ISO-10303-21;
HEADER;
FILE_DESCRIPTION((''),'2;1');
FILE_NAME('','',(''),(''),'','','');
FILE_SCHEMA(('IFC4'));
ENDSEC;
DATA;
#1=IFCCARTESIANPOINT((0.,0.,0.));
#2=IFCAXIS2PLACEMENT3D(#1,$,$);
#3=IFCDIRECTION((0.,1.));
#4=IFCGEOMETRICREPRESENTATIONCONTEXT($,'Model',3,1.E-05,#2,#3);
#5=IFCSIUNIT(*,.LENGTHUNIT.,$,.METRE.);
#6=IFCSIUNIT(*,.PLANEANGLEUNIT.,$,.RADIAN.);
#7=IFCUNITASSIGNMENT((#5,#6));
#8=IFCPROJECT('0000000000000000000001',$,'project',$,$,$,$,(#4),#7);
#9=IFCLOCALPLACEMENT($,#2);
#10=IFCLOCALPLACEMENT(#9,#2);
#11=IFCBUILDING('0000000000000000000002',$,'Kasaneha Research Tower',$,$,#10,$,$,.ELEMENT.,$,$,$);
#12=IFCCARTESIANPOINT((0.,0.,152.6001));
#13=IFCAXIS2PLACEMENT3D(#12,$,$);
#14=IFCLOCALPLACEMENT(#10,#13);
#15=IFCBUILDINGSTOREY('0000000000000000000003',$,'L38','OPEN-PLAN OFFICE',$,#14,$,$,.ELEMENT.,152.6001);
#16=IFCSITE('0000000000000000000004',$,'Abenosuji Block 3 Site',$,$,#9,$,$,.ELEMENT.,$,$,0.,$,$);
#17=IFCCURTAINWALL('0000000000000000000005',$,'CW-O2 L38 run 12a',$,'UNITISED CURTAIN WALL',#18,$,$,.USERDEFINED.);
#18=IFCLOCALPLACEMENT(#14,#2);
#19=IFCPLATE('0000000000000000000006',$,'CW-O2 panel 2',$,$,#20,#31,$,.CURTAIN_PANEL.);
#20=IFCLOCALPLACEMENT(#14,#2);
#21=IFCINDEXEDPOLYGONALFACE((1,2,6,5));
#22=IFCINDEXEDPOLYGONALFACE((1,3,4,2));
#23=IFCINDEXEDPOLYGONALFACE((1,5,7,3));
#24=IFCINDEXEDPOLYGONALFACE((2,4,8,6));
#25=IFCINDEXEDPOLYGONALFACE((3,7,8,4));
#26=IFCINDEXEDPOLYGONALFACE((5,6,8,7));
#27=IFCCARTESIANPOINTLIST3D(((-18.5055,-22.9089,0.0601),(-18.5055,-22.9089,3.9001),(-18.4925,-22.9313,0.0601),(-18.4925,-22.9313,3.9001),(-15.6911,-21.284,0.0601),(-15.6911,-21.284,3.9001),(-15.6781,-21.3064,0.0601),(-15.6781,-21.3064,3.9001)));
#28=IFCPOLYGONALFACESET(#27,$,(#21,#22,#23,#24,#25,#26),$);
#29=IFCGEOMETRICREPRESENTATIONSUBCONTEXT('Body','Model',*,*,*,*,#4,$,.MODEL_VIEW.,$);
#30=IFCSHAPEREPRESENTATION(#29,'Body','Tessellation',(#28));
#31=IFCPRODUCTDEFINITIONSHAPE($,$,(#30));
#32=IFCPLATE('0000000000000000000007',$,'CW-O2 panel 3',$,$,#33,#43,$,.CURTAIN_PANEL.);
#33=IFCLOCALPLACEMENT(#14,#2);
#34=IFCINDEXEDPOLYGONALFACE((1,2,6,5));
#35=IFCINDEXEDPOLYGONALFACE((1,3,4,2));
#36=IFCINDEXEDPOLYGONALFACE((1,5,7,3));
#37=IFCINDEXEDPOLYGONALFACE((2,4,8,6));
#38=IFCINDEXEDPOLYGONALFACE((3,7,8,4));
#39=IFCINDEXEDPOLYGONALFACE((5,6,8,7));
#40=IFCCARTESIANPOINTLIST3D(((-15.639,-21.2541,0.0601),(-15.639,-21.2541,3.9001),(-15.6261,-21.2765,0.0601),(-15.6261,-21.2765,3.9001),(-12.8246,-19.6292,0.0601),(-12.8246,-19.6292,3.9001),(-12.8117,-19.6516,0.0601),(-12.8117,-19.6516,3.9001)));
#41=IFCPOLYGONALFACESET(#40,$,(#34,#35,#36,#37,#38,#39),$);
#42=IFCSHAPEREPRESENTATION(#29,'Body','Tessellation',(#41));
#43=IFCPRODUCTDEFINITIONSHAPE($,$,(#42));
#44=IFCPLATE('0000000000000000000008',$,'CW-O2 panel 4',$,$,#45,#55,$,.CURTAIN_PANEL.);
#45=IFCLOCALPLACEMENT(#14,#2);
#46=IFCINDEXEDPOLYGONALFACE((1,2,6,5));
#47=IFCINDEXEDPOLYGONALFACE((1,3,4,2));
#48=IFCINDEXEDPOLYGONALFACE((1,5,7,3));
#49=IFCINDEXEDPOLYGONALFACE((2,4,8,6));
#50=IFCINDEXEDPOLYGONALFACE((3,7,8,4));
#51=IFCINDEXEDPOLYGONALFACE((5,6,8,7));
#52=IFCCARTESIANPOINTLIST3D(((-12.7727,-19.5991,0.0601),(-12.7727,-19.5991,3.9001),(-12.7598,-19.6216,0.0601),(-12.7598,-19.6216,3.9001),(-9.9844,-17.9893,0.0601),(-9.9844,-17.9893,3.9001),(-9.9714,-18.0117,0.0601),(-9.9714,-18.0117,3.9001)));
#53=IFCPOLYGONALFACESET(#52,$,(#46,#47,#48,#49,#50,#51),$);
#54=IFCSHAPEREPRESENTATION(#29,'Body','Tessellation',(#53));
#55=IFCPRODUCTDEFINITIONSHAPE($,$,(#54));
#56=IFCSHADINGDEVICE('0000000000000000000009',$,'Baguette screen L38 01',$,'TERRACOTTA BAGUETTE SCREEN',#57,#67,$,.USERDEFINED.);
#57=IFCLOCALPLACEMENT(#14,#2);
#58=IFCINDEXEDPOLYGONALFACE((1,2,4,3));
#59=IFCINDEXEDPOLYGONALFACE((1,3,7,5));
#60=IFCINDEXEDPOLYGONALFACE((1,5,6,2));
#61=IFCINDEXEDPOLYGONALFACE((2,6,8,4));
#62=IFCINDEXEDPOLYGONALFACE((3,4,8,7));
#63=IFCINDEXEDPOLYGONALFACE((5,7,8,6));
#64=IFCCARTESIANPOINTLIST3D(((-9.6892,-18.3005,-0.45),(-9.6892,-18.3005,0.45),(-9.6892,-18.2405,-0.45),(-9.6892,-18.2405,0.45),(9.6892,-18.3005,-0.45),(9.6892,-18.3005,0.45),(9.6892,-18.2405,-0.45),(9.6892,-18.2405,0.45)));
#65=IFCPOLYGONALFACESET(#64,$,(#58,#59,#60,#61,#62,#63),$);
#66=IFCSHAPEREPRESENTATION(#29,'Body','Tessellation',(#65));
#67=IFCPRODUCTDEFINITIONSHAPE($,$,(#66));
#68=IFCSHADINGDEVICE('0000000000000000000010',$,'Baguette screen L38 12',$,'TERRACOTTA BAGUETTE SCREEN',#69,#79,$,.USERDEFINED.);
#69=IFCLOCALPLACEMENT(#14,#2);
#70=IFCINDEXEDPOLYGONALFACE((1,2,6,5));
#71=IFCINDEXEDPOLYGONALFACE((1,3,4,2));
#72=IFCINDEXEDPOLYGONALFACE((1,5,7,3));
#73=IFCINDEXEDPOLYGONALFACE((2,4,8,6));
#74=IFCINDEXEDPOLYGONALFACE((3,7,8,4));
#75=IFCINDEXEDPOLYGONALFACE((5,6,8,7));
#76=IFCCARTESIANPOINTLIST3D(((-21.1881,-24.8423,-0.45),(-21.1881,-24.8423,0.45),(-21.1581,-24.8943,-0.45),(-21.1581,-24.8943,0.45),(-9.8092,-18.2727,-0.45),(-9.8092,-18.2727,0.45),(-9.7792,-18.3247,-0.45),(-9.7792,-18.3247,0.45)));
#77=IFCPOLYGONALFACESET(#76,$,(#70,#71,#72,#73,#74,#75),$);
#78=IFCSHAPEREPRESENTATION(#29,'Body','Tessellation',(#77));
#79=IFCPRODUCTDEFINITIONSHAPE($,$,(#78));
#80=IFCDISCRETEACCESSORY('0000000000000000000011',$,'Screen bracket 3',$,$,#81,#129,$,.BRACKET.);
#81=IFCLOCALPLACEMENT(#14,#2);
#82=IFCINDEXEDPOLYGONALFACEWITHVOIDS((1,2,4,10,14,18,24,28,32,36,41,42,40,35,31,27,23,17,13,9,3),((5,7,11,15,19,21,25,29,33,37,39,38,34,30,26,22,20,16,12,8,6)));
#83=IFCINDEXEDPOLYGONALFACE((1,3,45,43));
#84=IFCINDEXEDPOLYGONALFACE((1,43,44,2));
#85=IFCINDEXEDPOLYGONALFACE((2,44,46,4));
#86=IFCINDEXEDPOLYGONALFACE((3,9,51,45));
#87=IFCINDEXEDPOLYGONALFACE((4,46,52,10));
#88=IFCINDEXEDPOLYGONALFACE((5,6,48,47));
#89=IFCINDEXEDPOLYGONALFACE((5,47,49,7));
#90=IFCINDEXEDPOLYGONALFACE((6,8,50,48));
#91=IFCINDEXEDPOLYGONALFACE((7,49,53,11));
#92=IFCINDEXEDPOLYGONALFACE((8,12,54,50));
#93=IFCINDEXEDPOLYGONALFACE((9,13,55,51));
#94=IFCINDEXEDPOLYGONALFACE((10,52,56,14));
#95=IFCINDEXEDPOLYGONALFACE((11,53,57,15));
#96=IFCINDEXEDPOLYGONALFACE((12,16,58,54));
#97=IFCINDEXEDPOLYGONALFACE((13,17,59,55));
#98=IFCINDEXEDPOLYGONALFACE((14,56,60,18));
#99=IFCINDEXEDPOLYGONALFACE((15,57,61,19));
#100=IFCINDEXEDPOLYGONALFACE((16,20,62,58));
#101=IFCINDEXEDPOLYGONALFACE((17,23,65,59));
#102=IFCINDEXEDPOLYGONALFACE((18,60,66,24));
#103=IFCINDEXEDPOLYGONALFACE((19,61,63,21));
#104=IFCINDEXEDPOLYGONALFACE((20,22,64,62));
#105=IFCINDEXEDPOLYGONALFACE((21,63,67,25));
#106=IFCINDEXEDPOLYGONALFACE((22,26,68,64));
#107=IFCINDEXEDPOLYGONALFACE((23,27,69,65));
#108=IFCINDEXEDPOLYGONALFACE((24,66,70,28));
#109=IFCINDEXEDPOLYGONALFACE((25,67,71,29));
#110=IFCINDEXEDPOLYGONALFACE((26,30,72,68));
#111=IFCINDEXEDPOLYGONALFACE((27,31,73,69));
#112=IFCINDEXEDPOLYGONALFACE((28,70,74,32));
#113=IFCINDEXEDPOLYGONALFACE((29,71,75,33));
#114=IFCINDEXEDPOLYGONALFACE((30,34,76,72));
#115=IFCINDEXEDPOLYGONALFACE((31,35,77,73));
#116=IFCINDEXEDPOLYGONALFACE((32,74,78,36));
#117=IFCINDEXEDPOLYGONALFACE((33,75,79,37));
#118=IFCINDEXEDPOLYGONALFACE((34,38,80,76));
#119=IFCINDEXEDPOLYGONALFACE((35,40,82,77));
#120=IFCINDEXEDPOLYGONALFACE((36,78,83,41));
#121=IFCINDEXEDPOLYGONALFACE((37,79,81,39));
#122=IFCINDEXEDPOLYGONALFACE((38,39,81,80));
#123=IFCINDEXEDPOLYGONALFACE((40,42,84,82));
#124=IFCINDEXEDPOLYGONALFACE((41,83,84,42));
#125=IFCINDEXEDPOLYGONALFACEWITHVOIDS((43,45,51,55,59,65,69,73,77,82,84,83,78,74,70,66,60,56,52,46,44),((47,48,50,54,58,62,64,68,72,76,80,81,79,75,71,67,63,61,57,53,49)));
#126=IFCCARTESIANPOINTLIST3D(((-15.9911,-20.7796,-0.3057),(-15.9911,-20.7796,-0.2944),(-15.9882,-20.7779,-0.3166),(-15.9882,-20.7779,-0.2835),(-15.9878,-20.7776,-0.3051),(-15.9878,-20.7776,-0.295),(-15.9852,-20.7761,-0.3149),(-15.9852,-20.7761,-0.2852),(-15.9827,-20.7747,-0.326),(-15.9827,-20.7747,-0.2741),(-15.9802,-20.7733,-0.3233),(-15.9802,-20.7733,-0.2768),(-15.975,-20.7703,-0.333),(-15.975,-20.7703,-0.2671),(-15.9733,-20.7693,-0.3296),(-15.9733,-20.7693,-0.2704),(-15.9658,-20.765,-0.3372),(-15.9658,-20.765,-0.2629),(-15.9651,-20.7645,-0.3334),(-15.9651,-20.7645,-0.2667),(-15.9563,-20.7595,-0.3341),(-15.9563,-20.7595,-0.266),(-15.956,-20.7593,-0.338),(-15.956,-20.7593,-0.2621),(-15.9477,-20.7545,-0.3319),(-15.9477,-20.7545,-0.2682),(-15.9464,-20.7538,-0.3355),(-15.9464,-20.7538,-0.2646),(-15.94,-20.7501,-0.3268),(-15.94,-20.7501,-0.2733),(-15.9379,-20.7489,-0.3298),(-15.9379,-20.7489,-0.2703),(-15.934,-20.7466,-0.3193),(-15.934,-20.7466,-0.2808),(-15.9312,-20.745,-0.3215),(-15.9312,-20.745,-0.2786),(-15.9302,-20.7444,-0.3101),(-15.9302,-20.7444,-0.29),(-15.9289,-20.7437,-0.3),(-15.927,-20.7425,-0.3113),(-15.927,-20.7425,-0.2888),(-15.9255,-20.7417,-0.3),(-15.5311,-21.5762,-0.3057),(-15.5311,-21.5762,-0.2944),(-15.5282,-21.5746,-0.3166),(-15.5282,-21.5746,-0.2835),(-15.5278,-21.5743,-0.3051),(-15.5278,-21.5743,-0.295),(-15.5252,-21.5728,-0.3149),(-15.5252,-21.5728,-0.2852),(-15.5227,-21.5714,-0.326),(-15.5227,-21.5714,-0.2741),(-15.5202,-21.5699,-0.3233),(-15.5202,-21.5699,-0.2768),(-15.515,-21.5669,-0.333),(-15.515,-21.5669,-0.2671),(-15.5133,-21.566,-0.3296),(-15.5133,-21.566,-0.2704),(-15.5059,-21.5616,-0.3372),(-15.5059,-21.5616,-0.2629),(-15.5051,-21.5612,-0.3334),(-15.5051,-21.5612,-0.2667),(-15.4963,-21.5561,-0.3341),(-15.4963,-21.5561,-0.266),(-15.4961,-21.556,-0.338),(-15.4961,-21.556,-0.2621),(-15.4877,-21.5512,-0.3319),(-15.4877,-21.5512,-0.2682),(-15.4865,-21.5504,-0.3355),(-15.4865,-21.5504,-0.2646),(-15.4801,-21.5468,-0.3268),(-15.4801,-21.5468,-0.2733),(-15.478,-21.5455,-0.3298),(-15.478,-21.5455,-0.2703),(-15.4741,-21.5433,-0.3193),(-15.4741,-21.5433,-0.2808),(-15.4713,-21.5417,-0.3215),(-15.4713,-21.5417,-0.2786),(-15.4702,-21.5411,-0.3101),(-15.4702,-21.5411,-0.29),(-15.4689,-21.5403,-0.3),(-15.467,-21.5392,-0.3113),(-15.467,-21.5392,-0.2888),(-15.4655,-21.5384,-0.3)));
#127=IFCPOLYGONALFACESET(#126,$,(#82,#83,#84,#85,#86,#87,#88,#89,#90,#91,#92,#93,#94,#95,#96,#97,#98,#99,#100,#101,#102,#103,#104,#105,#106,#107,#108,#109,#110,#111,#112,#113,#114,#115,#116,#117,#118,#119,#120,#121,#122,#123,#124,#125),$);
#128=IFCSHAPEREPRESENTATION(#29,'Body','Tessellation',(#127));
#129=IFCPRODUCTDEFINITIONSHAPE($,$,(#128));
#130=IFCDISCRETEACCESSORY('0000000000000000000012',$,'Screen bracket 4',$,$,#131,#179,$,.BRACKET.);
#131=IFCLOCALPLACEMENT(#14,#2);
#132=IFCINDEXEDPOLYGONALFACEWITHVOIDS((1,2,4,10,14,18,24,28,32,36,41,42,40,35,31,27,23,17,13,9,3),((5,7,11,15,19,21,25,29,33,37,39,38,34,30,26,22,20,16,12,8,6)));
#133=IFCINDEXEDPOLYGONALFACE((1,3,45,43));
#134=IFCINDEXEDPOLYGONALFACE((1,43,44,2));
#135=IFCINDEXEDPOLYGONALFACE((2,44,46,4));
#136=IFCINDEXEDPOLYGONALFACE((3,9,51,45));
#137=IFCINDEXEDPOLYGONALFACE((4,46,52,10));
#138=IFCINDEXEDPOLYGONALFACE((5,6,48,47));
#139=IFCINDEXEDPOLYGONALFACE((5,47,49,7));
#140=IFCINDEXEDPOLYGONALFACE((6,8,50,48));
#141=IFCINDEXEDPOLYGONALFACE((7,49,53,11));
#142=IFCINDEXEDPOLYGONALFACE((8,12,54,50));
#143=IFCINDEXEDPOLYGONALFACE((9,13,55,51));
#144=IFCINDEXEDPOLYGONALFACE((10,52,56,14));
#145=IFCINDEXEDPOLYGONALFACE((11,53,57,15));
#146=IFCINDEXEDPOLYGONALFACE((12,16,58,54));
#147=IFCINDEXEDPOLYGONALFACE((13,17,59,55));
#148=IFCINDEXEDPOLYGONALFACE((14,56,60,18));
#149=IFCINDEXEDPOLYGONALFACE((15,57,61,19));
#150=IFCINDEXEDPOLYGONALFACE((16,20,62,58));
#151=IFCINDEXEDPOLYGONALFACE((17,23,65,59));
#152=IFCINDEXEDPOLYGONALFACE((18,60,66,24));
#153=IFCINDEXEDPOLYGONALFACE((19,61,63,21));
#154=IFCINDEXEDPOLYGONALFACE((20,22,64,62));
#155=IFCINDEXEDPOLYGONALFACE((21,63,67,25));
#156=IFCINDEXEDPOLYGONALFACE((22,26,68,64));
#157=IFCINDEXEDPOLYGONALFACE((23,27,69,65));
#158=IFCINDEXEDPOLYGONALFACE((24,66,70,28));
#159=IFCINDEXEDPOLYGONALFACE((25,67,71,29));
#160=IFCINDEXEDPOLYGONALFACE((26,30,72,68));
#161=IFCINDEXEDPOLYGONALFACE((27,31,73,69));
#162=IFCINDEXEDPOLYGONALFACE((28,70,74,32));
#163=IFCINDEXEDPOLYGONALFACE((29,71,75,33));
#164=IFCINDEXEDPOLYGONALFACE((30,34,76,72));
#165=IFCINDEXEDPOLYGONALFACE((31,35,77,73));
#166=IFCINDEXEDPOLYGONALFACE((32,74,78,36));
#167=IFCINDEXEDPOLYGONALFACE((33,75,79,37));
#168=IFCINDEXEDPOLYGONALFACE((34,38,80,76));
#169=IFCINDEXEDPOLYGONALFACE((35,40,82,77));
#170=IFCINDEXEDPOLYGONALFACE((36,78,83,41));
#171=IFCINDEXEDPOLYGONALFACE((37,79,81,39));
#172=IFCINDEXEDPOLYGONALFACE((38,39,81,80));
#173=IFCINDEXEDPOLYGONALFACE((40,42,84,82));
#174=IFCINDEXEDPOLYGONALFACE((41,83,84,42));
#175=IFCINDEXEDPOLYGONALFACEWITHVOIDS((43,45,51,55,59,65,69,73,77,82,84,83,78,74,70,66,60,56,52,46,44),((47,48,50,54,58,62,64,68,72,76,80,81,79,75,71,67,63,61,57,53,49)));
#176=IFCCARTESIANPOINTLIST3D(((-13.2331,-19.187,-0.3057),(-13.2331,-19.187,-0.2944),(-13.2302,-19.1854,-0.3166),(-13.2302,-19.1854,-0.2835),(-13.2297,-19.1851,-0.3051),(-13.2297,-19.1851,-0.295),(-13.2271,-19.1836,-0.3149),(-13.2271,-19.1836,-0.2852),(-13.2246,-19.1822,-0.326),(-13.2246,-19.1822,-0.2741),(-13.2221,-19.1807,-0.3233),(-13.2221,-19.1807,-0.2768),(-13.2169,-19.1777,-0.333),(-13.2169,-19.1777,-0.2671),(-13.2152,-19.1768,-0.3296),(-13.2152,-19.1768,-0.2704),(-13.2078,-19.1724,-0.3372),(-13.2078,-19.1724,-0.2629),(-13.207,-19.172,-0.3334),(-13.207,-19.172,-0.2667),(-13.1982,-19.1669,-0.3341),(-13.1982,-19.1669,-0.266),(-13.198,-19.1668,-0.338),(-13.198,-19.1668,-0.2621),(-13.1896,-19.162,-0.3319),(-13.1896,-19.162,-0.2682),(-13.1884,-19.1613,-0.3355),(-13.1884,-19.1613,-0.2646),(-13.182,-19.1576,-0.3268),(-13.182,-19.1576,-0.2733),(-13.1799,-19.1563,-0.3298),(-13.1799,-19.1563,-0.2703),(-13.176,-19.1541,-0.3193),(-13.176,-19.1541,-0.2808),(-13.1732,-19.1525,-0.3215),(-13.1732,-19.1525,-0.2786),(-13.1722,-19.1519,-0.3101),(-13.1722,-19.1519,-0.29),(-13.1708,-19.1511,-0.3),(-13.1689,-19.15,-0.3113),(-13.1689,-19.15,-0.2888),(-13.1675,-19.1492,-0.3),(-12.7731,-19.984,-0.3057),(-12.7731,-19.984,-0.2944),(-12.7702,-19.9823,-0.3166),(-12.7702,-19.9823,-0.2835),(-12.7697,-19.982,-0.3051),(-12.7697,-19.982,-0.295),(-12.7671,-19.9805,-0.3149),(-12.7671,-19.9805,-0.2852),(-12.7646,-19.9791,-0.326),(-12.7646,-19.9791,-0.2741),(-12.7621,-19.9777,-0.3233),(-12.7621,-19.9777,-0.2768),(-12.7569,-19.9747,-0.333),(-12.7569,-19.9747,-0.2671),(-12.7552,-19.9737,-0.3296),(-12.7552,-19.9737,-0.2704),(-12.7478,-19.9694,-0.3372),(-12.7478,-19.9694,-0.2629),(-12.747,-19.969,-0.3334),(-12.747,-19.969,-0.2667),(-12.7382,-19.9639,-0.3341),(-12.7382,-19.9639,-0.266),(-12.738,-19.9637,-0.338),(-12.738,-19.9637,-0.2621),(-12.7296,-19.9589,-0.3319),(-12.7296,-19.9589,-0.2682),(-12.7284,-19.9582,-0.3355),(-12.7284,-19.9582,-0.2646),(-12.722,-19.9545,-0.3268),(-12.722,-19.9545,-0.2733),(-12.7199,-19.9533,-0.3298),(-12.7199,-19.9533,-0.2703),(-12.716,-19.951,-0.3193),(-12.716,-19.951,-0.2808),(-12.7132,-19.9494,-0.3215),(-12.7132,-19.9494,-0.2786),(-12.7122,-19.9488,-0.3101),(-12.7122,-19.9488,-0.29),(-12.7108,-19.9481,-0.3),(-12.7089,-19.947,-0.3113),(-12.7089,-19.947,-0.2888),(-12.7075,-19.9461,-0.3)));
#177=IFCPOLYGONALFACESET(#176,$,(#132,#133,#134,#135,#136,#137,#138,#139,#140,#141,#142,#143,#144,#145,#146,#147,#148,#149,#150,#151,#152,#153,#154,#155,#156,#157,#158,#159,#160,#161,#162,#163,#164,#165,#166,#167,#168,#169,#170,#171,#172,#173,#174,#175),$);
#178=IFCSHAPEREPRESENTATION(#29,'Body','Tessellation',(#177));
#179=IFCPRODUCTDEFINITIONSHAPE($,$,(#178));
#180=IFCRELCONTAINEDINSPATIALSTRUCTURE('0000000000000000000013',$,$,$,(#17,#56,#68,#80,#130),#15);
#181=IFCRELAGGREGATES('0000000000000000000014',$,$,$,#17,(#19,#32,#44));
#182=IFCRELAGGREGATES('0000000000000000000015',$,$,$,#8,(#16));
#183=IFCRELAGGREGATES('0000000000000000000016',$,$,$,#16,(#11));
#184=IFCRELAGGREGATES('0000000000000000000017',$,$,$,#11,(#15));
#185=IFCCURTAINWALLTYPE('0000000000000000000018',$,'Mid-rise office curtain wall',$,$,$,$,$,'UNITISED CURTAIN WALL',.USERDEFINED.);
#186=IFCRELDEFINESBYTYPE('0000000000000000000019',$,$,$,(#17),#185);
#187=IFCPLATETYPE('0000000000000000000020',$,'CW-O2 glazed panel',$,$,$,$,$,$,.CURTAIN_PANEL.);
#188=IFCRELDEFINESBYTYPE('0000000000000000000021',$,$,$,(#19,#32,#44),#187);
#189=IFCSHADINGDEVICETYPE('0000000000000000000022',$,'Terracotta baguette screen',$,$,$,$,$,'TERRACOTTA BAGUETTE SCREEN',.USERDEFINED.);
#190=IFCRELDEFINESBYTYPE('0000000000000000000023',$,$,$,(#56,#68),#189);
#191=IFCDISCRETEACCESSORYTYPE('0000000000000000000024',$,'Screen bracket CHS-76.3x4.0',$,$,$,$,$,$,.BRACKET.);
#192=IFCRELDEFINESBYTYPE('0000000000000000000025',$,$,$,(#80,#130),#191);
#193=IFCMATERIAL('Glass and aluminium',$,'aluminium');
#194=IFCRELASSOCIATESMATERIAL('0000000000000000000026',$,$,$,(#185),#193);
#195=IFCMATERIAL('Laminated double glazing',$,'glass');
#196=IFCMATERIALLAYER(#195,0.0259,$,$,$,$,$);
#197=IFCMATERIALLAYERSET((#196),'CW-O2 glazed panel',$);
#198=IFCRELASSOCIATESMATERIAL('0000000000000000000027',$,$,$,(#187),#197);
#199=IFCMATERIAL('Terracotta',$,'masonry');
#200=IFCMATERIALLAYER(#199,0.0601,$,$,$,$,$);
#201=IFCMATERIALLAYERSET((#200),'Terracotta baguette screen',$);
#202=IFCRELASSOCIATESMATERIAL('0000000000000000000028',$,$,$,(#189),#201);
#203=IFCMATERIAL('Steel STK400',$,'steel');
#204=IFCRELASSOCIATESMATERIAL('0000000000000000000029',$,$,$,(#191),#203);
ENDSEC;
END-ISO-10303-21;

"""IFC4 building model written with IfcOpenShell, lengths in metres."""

from ifc_helpers import new_model, si_unit, direction, frame, origin, origin_2d, place, context, subcontext, project, spatial, rectangle, hollow_circle, extrude, material, layer, layer_set, material_profile, profile_set, type_object, element, aggregate, save


model = new_model("IFC4")

# Units and contexts
model_context = context("Model", 3, precision=1e-05, world=origin(), true_north=direction((0.0, 1.0)))
body_context = subcontext(model_context, "Body", "Model", "MODEL_VIEW")
ifc_project = project(units=[si_unit("LENGTHUNIT", "METRE"), si_unit("PLANEANGLEUNIT", "RADIAN")], contexts=[model_context])

# Site, building, storey
site_placement = place(None, origin())
site = spatial("IfcSite", under=ifc_project, at=site_placement, Name="Abenosuji Block 3 Site", CompositionType="ELEMENT", RefElevation=0.0)
building_placement = place(site_placement, origin())
building = spatial("IfcBuilding", under=site, at=building_placement, Name="Kasaneha Research Tower", CompositionType="ELEMENT")
storey_placement = place(building_placement, frame((0.0, 0.0, 152.6001)))
storey = spatial("IfcBuildingStorey", under=building, at=storey_placement, Name="L38", Description="OPEN-PLAN OFFICE", CompositionType="ELEMENT", Elevation=152.6001)

# Curtain wall
ifc_material_1 = material(Name="Glass and aluminium", Category="aluminium")
curtain_wall_type = type_object("IfcCurtainWallType", Name="Mid-rise office curtain wall", ElementType="UNITISED CURTAIN WALL", PredefinedType="USERDEFINED", material=ifc_material_1)
curtain_wall_1_placement = place(storey_placement, origin())
curtain_wall_1 = element("IfcCurtainWall", 1, at=curtain_wall_1_placement, inside=storey, type_object=curtain_wall_type, Name="CW-O2 L38 run 12a", ObjectType="UNITISED CURTAIN WALL", PredefinedType="USERDEFINED")

# Plates
ifc_material_2 = material(Name="Laminated double glazing", Category="glass")
ifc_layer_1 = layer(ifc_material_2, 0.0259)
ifc_layer_set_1 = layer_set([ifc_layer_1], Name="CW-O2 glazed panel")
plate_type = type_object("IfcPlateType", Name="CW-O2 glazed panel", PredefinedType="CURTAIN_PANEL", material=ifc_layer_set_1)
plate_1_placement = place(storey_placement, frame((-17.0918, -22.1077, 0.0601), z_axis=(0.0, 0.0, 1.0), x_axis=(0.866025, 0.5, 0.0)))
plate_1 = element("IfcPlate", 2, at=plate_1_placement, type_object=plate_type, Name="CW-O2 panel 2", PredefinedType="CURTAIN_PANEL", context=body_context, shape_type="SweptSolid", body=[
    extrude(rectangle(XDim=3.2498, YDim=0.0259, at=origin_2d()), origin(), (0.0, 0.0, 1.0), 3.8401),
])
plate_2_placement = place(storey_placement, frame((-14.2253, -20.4529, 0.0601), z_axis=(0.0, 0.0, 1.0), x_axis=(0.866025, 0.5, 0.0)))
plate_2 = element("IfcPlate", 3, at=plate_2_placement, type_object=plate_type, Name="CW-O2 panel 3", PredefinedType="CURTAIN_PANEL", context=body_context, shape_type="SweptSolid", body=[
    extrude(rectangle(XDim=3.2498, YDim=0.0259, at=origin_2d()), origin(), (0.0, 0.0, 1.0), 3.8401),
])
plate_3_placement = place(storey_placement, frame((-11.3721, -18.8054, 0.0601), z_axis=(0.0, 0.0, 1.0), x_axis=(0.866025, 0.5, 0.0)))
plate_3 = element("IfcPlate", 4, at=plate_3_placement, type_object=plate_type, Name="CW-O2 panel 4", PredefinedType="CURTAIN_PANEL", context=body_context, shape_type="SweptSolid", body=[
    extrude(rectangle(XDim=3.2197, YDim=0.0259, at=origin_2d()), origin(), (0.0, 0.0, 1.0), 3.8401),
])
aggregate(curtain_wall_1, [plate_1, plate_2, plate_3])

# Shading devices
ifc_material_3 = material(Name="Terracotta", Category="masonry")
ifc_layer_2 = layer(ifc_material_3, 0.0601)
ifc_layer_set_2 = layer_set([ifc_layer_2], Name="Terracotta baguette screen")
shading_device_type = type_object("IfcShadingDeviceType", Name="Terracotta baguette screen", ElementType="TERRACOTTA BAGUETTE SCREEN", PredefinedType="USERDEFINED", material=ifc_layer_set_2)
shading_device_1_placement = place(storey_placement, frame((0.0, -18.2705, -0.45), z_axis=(0.0, 0.0, 1.0), x_axis=(1.0, 0.0, 0.0)))
element("IfcShadingDevice", 5, at=shading_device_1_placement, inside=storey, type_object=shading_device_type, Name="Baguette screen L38 01", ObjectType="TERRACOTTA BAGUETTE SCREEN", PredefinedType="USERDEFINED", context=body_context, shape_type="SweptSolid", body=[
    extrude(rectangle(XDim=19.3784, YDim=0.0601, at=origin_2d()), origin(), (0.0, 0.0, 1.0), 0.8999),
])
shading_device_2_placement = place(storey_placement, frame((-15.4836, -21.5835, -0.45), z_axis=(0.0, 0.0, 1.0), x_axis=(0.866025, 0.5, 0.0)))
element("IfcShadingDevice", 6, at=shading_device_2_placement, inside=storey, type_object=shading_device_type, Name="Baguette screen L38 12", ObjectType="TERRACOTTA BAGUETTE SCREEN", PredefinedType="USERDEFINED", context=body_context, shape_type="SweptSolid", body=[
    extrude(rectangle(XDim=13.1392, YDim=0.0601, at=origin_2d()), origin(), (0.0, 0.0, 1.0), 0.8999),
])

# Discrete accessories
ifc_material_4 = material(Name="Steel STK400", Category="steel")
ifc_material_profile_1 = material_profile(ifc_material_4, hollow_circle(Radius=0.0381, WallThickness=0.0039, at=origin_2d()), Name="CHS-76.3x4.0")
ifc_profile_set_1 = profile_set([ifc_material_profile_1], Name="Steel STK400")
discrete_accessory_type = type_object("IfcDiscreteAccessoryType", Name="Screen bracket CHS-76.3x4.0", PredefinedType="BRACKET", material=ifc_profile_set_1)
discrete_accessory_1_placement = place(storey_placement, frame((-15.9585, -20.7607, -0.3), z_axis=(0.500021, -0.866013, 0.0), x_axis=(0.866013, 0.500021, 0.0)))
element("IfcDiscreteAccessory", 7, at=discrete_accessory_1_placement, inside=storey, type_object=discrete_accessory_type, Name="Screen bracket 3", PredefinedType="BRACKET", context=body_context, shape_type="SweptSolid", body=[
    extrude(hollow_circle(Radius=0.0381, WallThickness=0.0039, at=origin_2d()), origin(), (0.0, 0.0, 1.0), 0.9199),
])
discrete_accessory_2_placement = place(storey_placement, frame((-13.2004, -19.1682, -0.3), z_axis=(0.499906, -0.86608, 0.0), x_axis=(0.86608, 0.499906, 0.0)))
element("IfcDiscreteAccessory", 8, at=discrete_accessory_2_placement, inside=storey, type_object=discrete_accessory_type, Name="Screen bracket 4", PredefinedType="BRACKET", context=body_context, shape_type="SweptSolid", body=[
    extrude(hollow_circle(Radius=0.0381, WallThickness=0.0039, at=origin_2d()), origin(), (0.0, 0.0, 1.0), 0.9202),
])

save(model, "model.ifc")
